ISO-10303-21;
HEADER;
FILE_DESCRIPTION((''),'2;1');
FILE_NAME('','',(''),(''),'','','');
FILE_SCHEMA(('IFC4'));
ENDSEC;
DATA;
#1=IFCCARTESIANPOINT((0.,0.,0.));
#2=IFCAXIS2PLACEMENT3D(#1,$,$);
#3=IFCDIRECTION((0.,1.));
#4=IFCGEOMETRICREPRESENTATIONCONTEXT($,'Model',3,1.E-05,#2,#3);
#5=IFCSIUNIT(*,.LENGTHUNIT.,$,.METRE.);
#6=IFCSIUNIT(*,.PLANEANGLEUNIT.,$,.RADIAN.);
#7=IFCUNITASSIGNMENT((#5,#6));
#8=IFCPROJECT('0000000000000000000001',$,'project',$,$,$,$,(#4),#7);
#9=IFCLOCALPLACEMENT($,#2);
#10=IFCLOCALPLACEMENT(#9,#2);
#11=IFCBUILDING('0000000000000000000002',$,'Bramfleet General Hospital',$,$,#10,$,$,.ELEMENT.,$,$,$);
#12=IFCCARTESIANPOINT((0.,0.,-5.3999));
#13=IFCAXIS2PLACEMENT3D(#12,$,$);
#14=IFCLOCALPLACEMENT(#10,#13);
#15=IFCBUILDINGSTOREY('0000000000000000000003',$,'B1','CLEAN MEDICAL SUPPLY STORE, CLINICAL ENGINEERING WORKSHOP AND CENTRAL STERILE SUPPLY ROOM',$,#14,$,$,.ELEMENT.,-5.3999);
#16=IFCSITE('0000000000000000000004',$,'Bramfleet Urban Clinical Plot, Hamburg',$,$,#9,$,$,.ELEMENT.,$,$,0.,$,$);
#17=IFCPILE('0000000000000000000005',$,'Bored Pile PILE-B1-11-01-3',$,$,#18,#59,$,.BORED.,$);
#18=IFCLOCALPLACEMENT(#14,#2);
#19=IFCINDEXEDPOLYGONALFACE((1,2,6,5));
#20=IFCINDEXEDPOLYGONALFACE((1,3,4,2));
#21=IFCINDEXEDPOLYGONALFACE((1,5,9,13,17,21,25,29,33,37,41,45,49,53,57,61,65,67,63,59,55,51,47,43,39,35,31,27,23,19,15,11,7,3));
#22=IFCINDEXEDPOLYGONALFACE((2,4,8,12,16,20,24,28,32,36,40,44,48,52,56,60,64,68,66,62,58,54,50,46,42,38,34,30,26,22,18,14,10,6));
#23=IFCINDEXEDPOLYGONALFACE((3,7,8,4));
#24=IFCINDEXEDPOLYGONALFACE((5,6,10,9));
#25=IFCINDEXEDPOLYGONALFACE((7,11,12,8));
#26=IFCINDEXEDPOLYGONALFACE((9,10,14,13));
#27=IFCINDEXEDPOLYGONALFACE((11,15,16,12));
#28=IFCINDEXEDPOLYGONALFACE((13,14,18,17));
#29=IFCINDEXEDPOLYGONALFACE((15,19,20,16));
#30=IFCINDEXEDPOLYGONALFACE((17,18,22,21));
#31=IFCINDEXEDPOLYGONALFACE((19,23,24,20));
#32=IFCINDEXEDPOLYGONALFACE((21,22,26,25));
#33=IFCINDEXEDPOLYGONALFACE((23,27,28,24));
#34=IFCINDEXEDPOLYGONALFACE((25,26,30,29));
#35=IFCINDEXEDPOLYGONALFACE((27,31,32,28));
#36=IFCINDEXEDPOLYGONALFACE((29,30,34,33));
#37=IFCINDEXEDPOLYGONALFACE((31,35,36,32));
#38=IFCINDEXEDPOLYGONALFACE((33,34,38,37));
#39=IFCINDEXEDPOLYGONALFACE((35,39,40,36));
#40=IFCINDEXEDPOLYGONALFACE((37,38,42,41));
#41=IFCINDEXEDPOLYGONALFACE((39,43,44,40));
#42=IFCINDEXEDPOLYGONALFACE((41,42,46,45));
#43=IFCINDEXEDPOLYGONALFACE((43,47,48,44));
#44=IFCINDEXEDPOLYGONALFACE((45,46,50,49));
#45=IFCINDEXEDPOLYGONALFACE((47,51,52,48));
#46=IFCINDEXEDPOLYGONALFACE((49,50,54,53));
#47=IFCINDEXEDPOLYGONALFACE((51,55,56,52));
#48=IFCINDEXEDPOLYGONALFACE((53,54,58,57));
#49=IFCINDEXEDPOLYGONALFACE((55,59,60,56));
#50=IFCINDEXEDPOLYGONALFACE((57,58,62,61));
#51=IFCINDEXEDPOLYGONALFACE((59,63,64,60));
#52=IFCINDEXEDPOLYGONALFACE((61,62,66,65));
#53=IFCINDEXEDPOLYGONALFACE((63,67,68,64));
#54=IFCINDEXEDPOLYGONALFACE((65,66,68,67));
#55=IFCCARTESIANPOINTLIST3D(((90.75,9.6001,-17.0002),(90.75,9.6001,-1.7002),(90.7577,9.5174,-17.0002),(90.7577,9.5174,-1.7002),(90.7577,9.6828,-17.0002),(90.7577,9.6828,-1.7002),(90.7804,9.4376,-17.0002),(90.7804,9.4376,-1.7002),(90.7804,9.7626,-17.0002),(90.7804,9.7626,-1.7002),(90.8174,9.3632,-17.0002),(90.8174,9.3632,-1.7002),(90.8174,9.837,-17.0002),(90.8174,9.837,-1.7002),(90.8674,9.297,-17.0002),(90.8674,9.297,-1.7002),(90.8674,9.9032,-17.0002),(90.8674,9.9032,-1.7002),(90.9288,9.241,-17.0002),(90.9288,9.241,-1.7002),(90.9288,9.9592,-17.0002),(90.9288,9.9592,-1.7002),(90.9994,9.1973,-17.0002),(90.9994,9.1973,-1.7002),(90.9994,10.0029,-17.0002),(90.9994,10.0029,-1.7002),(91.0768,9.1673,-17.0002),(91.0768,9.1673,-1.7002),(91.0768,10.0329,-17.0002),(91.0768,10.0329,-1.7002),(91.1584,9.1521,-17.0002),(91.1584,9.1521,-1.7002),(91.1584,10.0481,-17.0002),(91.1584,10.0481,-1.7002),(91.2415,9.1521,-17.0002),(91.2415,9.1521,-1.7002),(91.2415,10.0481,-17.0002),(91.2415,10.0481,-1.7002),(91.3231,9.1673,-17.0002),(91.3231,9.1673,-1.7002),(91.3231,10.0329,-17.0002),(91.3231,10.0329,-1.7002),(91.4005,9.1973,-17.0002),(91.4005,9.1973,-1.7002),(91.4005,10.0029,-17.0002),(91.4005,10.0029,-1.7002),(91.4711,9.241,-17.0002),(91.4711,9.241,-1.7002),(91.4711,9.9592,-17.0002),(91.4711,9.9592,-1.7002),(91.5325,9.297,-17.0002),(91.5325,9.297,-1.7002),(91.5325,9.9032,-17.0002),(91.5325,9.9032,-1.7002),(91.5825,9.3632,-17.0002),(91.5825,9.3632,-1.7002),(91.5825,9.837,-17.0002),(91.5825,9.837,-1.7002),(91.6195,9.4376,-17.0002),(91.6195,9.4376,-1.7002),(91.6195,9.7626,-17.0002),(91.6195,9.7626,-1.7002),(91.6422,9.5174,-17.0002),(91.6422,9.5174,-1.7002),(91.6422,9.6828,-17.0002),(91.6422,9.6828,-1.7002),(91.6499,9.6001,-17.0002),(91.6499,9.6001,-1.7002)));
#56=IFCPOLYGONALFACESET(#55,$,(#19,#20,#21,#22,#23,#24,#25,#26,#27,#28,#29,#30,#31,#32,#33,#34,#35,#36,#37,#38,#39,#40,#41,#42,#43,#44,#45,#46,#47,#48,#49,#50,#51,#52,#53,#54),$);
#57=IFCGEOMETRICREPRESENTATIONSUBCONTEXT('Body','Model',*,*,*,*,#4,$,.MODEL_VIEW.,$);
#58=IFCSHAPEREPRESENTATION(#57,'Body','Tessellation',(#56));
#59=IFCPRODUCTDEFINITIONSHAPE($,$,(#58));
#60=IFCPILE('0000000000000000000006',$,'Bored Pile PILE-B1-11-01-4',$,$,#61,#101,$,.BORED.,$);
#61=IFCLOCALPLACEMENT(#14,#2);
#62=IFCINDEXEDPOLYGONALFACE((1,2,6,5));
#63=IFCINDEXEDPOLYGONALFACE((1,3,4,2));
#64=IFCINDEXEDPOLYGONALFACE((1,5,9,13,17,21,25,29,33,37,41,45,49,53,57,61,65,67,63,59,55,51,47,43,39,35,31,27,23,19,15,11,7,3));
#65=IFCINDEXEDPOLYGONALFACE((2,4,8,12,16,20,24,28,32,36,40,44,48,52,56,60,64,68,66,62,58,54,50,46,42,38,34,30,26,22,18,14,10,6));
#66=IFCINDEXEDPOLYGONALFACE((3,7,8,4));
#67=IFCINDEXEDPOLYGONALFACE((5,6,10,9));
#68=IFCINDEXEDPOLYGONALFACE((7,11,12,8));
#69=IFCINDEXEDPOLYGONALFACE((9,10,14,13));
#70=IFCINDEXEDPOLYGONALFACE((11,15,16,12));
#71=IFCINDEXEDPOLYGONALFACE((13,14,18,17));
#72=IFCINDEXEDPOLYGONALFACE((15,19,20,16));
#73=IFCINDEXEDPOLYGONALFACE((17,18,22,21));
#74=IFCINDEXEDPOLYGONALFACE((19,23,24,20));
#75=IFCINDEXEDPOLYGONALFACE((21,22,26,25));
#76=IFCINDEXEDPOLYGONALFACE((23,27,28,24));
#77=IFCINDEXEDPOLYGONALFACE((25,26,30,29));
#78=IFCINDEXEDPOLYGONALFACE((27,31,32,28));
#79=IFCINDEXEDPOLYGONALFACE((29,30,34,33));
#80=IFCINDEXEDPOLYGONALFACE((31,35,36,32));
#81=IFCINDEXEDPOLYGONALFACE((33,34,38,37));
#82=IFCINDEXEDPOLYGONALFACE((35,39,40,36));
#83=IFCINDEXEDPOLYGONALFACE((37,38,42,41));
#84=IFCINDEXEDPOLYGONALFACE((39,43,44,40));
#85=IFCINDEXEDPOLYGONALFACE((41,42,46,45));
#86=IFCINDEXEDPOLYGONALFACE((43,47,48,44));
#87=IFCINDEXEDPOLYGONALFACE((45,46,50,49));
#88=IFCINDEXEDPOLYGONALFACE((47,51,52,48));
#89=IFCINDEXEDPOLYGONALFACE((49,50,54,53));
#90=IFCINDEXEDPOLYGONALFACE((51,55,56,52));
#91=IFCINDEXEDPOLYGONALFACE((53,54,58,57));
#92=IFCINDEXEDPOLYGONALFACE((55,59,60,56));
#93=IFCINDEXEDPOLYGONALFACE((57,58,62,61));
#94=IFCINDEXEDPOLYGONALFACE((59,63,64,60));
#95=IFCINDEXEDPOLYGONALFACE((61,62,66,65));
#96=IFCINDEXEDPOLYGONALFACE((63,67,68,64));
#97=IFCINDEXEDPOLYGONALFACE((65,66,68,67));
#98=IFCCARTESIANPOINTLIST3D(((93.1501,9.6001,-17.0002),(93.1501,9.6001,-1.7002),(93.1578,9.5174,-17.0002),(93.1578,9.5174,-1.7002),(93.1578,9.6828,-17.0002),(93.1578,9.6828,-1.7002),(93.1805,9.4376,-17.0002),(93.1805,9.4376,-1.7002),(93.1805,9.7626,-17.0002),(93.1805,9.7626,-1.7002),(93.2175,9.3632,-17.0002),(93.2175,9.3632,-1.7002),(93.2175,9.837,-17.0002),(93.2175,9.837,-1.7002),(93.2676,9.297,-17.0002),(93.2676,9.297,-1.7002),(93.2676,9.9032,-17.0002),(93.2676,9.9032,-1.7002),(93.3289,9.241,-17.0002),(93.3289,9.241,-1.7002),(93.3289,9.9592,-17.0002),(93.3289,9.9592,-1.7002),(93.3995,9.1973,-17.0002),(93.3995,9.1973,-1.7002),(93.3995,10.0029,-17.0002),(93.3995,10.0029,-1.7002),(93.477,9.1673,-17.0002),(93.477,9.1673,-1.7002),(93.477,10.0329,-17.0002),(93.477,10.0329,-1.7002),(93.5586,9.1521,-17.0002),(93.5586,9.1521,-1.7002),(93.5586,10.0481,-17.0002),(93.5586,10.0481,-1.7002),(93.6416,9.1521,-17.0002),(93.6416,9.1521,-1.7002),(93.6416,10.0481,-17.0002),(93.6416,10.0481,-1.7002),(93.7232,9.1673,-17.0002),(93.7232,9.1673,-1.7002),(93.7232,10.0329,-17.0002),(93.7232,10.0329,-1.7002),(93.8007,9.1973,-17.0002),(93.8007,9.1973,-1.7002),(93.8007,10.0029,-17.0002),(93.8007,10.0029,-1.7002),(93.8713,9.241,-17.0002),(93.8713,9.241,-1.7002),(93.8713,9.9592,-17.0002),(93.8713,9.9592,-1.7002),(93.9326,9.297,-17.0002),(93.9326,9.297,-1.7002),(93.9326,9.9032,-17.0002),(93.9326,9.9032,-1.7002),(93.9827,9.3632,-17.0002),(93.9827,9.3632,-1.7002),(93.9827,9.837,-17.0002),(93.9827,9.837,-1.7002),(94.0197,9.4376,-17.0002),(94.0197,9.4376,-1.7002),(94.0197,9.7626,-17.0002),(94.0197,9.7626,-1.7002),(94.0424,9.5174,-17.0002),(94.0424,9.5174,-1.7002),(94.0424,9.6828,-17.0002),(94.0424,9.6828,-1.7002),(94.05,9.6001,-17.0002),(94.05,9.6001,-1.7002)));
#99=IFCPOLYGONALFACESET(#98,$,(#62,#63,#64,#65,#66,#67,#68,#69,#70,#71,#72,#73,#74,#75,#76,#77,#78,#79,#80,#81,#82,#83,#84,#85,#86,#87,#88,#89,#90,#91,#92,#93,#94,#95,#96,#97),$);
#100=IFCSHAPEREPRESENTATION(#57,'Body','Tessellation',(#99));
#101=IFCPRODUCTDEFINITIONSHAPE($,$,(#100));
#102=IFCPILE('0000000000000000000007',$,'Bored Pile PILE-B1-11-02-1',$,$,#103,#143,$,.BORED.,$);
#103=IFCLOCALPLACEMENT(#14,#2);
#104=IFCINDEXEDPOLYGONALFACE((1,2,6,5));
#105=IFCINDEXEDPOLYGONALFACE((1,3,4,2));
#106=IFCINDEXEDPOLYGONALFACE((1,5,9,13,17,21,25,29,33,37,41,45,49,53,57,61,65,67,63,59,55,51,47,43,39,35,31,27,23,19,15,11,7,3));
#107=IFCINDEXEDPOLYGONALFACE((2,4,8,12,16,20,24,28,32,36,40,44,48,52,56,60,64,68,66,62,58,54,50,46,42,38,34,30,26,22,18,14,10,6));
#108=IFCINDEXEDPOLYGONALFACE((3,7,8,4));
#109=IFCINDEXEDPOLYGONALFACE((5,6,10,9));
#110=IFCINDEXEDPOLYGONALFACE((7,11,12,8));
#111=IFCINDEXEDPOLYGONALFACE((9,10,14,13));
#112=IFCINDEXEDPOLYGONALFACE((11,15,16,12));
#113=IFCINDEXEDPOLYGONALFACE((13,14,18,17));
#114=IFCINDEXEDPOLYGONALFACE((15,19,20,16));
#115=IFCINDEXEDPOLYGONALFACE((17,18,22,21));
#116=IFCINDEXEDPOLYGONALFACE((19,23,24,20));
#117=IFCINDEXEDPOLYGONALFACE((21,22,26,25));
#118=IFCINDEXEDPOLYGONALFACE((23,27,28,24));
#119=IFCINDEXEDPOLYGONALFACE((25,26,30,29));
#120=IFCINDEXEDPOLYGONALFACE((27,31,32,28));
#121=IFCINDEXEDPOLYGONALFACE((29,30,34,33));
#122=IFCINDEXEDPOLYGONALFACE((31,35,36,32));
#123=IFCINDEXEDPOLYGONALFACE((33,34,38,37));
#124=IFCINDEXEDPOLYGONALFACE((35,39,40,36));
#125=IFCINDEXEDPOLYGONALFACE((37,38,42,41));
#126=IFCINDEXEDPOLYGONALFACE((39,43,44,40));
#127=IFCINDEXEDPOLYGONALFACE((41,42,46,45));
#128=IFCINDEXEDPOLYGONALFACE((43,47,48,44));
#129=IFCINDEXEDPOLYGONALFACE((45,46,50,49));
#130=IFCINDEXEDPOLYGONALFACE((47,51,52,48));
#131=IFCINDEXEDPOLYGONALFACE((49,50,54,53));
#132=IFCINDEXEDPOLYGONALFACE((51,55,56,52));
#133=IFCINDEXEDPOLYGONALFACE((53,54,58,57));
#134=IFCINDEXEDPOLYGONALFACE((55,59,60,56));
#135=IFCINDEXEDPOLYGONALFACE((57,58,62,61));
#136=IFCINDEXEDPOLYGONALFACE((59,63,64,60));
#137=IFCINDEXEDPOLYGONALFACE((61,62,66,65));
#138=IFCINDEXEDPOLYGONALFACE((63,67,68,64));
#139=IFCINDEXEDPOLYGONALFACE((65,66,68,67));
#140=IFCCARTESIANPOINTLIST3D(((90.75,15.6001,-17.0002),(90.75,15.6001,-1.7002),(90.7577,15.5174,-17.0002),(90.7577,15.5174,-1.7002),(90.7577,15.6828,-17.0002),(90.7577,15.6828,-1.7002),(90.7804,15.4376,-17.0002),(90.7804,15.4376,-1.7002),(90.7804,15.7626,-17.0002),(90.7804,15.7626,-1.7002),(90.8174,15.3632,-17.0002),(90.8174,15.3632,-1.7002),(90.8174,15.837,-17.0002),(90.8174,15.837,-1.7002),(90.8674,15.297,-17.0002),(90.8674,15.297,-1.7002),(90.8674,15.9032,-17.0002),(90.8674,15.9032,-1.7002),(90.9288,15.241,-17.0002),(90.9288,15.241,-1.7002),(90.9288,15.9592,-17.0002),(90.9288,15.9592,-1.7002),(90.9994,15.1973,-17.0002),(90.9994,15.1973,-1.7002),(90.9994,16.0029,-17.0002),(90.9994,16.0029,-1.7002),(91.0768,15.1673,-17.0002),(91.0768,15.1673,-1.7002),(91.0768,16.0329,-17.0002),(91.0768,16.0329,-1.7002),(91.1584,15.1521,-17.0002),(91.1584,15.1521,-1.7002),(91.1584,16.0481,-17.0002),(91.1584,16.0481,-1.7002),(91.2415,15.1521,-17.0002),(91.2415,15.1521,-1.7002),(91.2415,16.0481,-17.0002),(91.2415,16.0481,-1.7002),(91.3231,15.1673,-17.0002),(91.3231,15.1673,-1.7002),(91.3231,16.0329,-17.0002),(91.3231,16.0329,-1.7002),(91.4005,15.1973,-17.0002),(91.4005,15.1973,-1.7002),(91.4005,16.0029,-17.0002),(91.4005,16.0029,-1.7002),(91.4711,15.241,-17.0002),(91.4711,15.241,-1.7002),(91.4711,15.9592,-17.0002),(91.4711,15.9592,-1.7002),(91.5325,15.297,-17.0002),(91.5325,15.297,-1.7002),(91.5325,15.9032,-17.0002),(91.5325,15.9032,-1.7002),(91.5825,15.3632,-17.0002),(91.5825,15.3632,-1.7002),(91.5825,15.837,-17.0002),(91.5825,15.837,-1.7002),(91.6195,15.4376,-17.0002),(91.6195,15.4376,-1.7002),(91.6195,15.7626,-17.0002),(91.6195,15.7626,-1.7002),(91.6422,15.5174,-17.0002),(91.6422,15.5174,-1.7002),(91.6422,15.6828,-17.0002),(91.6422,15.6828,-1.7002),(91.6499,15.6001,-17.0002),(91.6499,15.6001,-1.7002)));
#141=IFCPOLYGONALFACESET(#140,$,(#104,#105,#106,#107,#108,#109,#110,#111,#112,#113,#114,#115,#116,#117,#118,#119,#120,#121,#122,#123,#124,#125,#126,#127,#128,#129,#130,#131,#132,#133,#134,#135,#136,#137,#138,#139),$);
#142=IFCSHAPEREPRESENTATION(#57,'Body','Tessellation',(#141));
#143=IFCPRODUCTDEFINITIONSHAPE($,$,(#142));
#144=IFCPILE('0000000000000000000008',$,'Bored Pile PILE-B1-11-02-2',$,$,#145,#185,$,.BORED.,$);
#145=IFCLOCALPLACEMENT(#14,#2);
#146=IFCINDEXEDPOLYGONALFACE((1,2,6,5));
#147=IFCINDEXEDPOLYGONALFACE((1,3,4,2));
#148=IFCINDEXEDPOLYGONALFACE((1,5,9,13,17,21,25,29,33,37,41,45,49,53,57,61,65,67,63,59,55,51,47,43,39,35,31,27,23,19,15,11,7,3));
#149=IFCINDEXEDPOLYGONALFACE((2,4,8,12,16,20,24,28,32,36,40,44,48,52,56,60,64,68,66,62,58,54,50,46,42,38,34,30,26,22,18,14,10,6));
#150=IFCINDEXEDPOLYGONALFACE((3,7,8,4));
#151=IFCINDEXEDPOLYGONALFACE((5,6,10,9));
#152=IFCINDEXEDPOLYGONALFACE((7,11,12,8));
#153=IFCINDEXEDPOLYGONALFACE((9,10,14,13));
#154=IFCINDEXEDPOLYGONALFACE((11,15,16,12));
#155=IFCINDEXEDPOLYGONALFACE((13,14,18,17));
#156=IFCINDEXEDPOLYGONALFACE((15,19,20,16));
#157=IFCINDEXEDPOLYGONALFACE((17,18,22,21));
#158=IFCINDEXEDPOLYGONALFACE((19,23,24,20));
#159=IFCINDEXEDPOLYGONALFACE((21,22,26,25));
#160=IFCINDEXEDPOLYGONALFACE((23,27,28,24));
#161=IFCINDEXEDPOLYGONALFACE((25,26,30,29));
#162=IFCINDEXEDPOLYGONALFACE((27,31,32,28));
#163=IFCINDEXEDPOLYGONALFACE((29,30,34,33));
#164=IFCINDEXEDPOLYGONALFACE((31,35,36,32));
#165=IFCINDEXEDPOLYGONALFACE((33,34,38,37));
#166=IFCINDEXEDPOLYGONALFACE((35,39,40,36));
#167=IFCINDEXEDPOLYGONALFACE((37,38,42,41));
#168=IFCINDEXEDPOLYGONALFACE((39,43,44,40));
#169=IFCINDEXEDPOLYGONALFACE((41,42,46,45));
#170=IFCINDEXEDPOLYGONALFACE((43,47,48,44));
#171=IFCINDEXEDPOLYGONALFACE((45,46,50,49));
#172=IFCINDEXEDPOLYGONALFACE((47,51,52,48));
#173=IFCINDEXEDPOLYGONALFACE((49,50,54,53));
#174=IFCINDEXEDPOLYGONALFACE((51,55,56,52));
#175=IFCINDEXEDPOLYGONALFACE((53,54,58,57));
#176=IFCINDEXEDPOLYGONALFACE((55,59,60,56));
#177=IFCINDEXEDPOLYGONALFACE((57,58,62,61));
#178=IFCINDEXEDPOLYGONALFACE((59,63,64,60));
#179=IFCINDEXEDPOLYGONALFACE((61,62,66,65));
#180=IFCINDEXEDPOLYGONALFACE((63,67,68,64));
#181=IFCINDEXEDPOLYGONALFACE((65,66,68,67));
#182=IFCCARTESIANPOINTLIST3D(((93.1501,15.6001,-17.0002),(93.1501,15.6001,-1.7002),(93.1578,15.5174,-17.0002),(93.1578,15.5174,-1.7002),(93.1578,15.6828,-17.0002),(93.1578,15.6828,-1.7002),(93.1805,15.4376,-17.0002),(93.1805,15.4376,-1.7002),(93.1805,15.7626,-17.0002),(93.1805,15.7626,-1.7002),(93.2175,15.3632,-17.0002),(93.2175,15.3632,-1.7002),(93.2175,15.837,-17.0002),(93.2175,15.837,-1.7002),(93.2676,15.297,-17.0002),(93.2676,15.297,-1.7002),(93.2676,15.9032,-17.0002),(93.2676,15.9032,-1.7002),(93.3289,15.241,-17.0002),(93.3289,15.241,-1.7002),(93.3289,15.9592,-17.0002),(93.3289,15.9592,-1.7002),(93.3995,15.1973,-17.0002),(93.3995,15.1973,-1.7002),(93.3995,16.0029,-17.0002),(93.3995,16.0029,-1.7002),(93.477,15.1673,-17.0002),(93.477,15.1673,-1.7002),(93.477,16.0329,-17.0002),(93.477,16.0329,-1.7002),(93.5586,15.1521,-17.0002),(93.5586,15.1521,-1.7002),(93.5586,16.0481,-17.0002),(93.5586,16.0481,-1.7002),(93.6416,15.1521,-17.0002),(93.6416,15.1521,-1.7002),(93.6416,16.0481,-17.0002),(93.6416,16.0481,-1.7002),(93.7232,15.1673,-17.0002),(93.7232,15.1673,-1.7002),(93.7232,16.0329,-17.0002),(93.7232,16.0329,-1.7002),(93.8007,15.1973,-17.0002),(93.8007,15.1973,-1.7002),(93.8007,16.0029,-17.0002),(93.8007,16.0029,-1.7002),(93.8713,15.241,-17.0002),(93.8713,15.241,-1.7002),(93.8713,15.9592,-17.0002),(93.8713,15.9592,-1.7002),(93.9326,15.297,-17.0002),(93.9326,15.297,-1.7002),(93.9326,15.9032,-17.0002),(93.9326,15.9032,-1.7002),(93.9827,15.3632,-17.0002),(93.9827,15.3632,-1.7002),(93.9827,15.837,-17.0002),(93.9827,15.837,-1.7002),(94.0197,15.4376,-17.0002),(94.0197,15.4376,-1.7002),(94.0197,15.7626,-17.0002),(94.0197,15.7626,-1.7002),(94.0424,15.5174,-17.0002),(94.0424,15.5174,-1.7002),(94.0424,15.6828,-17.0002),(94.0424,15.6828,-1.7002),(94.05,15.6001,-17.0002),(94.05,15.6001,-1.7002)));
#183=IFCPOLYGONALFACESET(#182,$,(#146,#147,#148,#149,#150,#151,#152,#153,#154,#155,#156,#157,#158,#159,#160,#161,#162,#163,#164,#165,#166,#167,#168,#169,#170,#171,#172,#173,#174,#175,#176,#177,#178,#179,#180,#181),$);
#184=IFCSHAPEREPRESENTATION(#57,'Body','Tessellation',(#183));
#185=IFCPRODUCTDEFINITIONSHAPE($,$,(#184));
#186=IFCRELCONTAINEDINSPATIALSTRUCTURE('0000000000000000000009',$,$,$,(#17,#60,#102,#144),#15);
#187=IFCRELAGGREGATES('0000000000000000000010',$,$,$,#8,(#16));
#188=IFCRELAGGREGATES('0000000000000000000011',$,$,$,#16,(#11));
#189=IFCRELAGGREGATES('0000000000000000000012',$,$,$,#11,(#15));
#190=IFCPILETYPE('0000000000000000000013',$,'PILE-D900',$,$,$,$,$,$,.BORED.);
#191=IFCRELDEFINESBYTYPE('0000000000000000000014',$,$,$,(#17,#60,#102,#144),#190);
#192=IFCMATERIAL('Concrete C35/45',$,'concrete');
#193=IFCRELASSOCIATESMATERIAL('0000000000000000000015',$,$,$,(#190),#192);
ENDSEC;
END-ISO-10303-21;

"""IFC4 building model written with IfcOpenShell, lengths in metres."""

from ifc_helpers import new_model, si_unit, direction, frame, origin, origin_2d, place, context, subcontext, project, spatial, circle, extrude, material, material_profile, profile_set, type_object, element, save


model = new_model("IFC4")

# Units and contexts
model_context = context("Model", 3, precision=1e-05, world=origin(), true_north=direction((0.0, 1.0)))
body_context = subcontext(model_context, "Body", "Model", "MODEL_VIEW")
ifc_project = project(units=[si_unit("LENGTHUNIT", "METRE"), si_unit("PLANEANGLEUNIT", "RADIAN")], contexts=[model_context])

# Site, building, storey
site_placement = place(None, origin())
site = spatial("IfcSite", under=ifc_project, at=site_placement, Name="Bramfleet Urban Clinical Plot, Hamburg", CompositionType="ELEMENT", RefElevation=0.0)
building_placement = place(site_placement, origin())
building = spatial("IfcBuilding", under=site, at=building_placement, Name="Bramfleet General Hospital", CompositionType="ELEMENT")
storey_placement = place(building_placement, frame((0.0, 0.0, -5.3999)))
storey = spatial("IfcBuildingStorey", under=building, at=storey_placement, Name="B1", Description="CLEAN MEDICAL SUPPLY STORE, CLINICAL ENGINEERING WORKSHOP AND CENTRAL STERILE SUPPLY ROOM", CompositionType="ELEMENT", Elevation=-5.3999)

# Shared definitions
ifc_material_1 = material(Name="Concrete C35/45", Category="concrete")

# Piles
ifc_material_profile_1 = material_profile(ifc_material_1, circle(Radius=0.45, at=origin_2d()), Name="PILE BORED D900")
ifc_profile_set_1 = profile_set([ifc_material_profile_1], Name="Concrete C35/45")
pile_type_1 = type_object("IfcPileType", Name="PILE-D900", PredefinedType="BORED", material=ifc_profile_set_1)
for number, where, z_axis, x_axis, name in (
    (1, (91.2, 9.6001, -1.7002), (0.0, 0.0, -1.0), (1.0, 0.0, 0.0), "Bored Pile PILE-B1-11-01-3"),
    (2, (93.6001, 9.6001, -1.7002), (0.0, 0.0, -1.0), (1.0, 0.0, 0.0), "Bored Pile PILE-B1-11-01-4"),
    (3, (91.2, 15.6001, -1.7002), (0.0, 0.0, -1.0), (1.0, 0.0, 0.0), "Bored Pile PILE-B1-11-02-1"),
    (4, (93.6001, 15.6001, -1.7002), (0.0, 0.0, -1.0), (1.0, 0.0, 0.0), "Bored Pile PILE-B1-11-02-2"),
):
    element("IfcPile", number, at=place(storey_placement, frame(where, z_axis=z_axis, x_axis=x_axis)), inside=storey, type_object=pile_type_1, Name=name, PredefinedType="BORED", context=body_context, shape_type="SweptSolid", body=[
        extrude(circle(Radius=0.45, at=origin_2d()), origin(), (0.0, 0.0, 1.0), 15.3),
    ])

save(model, "model.ifc")
